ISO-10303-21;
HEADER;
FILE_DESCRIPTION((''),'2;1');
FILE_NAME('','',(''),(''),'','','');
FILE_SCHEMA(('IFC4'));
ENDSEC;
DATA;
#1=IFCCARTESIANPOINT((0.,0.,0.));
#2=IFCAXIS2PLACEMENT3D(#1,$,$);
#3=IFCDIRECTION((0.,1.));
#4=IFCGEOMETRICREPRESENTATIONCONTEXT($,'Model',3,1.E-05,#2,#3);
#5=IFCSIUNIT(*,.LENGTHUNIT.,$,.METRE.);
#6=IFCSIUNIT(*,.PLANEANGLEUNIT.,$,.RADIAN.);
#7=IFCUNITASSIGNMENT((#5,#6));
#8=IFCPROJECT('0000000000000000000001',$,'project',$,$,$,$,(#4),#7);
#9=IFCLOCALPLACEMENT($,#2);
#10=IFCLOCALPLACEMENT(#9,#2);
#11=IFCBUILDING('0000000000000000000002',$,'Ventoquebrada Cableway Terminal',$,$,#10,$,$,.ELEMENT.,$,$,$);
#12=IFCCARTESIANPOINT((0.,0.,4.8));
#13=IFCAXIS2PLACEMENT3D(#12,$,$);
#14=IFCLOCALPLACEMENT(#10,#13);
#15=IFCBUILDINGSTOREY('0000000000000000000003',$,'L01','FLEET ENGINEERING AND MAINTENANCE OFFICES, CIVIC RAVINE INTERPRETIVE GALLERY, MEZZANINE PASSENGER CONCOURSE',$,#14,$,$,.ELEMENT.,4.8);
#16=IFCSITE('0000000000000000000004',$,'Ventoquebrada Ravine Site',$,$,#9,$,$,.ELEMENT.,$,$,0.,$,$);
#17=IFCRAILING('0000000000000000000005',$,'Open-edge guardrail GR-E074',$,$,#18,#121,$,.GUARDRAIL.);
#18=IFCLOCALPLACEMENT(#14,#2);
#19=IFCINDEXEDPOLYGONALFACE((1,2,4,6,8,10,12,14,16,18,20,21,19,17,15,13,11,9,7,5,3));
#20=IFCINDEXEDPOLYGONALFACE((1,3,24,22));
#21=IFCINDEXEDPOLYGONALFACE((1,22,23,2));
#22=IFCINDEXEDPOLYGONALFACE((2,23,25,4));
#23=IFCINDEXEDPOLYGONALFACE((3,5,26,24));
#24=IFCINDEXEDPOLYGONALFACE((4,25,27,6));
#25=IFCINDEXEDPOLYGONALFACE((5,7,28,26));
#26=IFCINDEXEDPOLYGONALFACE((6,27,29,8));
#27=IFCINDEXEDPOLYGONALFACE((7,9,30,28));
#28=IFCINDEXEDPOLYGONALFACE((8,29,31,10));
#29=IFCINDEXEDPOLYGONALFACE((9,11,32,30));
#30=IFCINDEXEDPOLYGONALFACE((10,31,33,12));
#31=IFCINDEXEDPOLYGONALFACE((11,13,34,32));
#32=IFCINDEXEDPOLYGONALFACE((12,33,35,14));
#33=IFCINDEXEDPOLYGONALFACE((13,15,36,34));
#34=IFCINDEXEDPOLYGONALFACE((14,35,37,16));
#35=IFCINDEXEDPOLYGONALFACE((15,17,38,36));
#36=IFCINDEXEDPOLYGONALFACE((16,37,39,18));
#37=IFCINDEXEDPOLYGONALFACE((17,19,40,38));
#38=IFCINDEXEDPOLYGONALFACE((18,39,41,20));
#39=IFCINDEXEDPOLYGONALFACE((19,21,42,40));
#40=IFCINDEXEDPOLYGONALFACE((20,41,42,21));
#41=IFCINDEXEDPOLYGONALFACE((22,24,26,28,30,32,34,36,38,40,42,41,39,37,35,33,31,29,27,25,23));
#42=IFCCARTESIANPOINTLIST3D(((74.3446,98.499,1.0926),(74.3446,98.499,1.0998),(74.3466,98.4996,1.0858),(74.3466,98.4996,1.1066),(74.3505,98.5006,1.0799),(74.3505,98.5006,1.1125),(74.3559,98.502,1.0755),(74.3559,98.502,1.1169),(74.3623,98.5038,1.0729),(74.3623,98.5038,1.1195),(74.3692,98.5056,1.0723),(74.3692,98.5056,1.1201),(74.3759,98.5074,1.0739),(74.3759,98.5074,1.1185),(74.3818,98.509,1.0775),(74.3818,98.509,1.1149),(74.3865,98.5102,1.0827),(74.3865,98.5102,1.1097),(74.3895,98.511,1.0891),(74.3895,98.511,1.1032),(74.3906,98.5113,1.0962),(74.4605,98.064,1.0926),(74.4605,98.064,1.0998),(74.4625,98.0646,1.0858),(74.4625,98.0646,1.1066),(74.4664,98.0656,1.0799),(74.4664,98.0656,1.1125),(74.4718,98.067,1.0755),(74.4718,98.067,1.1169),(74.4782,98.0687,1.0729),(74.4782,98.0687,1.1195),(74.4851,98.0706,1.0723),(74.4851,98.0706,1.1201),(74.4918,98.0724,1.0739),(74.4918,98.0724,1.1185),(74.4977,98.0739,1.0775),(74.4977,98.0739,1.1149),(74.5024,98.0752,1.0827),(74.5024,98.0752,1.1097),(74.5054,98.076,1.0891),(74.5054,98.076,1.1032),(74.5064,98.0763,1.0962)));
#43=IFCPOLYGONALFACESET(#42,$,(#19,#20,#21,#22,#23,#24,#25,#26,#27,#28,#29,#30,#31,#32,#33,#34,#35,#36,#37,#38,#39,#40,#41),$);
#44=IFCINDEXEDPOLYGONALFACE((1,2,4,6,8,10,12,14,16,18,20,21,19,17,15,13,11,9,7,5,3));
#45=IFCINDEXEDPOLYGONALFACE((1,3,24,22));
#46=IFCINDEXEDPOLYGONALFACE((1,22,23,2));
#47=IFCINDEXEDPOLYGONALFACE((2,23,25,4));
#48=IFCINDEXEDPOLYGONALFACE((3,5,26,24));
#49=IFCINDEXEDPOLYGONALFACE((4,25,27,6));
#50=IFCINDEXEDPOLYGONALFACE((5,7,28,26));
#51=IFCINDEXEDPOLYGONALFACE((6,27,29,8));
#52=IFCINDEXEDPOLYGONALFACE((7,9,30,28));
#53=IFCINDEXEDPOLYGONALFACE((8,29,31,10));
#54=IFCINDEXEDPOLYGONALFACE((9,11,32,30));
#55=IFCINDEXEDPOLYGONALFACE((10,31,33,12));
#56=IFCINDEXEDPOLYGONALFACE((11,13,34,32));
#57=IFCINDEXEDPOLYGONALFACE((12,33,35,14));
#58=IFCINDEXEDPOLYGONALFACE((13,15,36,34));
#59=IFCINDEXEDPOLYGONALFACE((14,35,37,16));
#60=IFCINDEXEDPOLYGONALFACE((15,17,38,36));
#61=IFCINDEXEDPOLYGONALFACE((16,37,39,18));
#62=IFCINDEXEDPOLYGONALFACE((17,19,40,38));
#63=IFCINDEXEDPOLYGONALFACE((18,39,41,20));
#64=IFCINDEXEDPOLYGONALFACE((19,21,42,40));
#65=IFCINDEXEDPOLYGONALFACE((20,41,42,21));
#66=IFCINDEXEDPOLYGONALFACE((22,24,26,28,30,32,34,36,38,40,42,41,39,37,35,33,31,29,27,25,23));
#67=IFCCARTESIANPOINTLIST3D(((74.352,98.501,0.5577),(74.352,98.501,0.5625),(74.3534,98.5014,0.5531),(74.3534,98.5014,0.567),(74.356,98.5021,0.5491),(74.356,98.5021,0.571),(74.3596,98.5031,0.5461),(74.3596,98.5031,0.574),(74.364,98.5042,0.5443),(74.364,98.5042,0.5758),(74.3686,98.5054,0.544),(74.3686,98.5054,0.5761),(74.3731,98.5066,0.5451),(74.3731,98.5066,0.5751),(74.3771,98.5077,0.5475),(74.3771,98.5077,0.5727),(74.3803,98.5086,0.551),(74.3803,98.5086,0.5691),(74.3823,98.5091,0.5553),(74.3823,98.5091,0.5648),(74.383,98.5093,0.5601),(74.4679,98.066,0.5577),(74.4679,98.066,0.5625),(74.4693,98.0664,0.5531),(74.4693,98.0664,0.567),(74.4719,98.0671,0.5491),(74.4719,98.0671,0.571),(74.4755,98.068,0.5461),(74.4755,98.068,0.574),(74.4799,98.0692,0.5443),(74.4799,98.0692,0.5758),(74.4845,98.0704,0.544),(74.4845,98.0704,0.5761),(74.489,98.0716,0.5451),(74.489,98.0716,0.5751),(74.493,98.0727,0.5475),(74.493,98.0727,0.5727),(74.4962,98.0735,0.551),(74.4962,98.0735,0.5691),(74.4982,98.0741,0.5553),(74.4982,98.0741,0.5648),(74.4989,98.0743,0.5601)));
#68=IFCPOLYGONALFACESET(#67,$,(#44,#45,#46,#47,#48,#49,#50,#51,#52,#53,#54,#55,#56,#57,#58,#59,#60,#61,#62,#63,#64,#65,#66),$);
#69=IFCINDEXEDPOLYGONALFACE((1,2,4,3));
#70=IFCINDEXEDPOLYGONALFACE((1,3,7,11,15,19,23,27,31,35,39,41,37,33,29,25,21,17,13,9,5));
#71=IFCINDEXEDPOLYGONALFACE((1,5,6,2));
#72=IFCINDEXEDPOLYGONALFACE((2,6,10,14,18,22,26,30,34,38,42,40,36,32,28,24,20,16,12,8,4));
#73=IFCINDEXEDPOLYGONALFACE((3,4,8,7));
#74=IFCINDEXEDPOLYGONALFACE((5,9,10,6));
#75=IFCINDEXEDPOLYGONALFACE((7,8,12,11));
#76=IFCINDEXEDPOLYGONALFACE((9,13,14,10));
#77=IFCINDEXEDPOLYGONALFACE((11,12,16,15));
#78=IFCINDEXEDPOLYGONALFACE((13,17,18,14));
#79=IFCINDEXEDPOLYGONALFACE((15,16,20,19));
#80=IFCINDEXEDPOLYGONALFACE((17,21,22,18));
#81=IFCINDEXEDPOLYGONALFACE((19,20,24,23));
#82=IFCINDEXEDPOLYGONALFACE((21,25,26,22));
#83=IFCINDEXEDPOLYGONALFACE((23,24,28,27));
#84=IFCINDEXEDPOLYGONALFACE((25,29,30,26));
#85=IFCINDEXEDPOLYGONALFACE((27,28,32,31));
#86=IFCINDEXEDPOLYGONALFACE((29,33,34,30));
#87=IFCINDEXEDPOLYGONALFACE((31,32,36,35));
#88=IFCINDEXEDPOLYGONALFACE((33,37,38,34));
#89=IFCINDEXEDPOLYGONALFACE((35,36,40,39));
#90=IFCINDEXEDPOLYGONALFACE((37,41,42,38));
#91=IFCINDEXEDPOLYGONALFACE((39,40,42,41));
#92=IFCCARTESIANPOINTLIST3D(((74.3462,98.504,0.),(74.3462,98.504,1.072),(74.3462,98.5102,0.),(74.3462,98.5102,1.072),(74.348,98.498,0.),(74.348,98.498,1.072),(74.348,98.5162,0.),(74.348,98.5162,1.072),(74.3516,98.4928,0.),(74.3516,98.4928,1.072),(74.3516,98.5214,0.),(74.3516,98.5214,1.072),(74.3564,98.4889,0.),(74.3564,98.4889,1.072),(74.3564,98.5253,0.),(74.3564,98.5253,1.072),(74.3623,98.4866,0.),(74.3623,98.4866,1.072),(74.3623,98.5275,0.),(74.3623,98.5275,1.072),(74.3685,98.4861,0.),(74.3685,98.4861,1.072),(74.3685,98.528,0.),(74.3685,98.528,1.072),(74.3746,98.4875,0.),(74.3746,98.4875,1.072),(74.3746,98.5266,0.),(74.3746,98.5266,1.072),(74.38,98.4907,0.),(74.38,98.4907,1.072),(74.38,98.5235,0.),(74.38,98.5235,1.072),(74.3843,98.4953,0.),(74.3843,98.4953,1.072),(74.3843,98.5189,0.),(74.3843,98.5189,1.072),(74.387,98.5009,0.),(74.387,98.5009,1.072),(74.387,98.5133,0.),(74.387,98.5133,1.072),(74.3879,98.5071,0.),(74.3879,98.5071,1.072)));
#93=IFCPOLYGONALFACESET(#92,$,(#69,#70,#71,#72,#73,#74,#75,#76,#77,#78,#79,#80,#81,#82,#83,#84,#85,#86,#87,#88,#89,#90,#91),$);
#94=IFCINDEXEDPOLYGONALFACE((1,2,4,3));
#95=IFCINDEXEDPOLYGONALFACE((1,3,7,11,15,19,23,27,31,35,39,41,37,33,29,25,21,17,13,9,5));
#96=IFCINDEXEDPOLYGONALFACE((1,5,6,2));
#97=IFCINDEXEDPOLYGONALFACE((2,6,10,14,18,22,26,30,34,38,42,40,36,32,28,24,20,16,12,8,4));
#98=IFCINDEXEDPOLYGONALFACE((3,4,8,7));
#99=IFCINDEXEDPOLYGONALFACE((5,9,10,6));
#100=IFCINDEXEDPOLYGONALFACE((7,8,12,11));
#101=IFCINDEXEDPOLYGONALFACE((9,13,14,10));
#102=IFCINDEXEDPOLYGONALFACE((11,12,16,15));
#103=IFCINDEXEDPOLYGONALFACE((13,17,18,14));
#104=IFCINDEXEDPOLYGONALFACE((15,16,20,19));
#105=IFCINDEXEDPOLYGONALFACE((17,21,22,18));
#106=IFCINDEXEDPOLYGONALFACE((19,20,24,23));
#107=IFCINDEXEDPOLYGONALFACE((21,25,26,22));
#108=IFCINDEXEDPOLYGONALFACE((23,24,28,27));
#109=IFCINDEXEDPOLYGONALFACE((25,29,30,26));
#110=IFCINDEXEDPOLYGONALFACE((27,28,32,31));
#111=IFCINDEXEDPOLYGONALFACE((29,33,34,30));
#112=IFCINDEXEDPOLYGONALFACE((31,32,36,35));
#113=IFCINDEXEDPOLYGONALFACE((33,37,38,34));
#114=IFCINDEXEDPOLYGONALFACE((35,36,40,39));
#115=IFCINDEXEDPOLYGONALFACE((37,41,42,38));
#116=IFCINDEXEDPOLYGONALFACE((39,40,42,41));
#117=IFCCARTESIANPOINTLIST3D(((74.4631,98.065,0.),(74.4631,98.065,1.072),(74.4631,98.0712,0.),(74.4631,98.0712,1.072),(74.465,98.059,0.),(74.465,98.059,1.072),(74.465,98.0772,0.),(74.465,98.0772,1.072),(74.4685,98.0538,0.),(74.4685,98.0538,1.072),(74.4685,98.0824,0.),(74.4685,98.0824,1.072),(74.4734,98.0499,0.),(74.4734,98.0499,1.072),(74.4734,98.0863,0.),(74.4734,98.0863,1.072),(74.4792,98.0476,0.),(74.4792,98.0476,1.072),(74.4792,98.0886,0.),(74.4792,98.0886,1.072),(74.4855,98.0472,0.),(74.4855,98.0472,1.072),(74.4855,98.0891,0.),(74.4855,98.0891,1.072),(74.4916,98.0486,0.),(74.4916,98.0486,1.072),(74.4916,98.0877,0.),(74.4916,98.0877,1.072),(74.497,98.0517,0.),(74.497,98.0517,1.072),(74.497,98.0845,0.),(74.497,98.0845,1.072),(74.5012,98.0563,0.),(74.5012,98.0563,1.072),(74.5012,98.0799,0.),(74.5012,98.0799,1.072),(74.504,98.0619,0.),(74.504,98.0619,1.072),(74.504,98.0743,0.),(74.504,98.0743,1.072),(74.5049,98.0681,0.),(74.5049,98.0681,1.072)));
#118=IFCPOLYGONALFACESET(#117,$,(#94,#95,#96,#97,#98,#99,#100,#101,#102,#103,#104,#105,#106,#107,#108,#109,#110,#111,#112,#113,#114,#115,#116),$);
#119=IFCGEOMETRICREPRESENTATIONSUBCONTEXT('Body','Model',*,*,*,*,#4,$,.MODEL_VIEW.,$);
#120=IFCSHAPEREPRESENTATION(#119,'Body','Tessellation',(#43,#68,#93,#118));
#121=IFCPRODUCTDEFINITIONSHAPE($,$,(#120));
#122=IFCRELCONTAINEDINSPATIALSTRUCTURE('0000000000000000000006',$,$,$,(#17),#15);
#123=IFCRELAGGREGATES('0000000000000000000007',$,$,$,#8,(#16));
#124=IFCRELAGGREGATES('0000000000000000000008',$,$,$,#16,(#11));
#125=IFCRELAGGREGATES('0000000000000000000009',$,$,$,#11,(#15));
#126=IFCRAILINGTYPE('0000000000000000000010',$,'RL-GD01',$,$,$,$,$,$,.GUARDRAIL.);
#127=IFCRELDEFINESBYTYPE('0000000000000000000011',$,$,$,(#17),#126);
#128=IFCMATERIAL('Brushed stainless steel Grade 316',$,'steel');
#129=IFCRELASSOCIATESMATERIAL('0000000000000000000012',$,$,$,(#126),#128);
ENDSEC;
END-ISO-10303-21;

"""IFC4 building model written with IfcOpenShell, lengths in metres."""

from ifc_helpers import new_model, si_unit, direction, frame, origin, origin_2d, place, context, subcontext, project, spatial, circle, extrude, material, type_object, element, save


model = new_model("IFC4")

# Units and contexts
model_context = context("Model", 3, precision=1e-05, world=origin(), true_north=direction((0.0, 1.0)))
body_context = subcontext(model_context, "Body", "Model", "MODEL_VIEW")
ifc_project = project(units=[si_unit("LENGTHUNIT", "METRE"), si_unit("PLANEANGLEUNIT", "RADIAN")], contexts=[model_context])

# Site, building, storey
site_placement = place(None, origin())
site = spatial("IfcSite", under=ifc_project, at=site_placement, Name="Ventoquebrada Ravine Site", CompositionType="ELEMENT", RefElevation=0.0)
building_placement = place(site_placement, origin())
building = spatial("IfcBuilding", under=site, at=building_placement, Name="Ventoquebrada Cableway Terminal", CompositionType="ELEMENT")
storey_placement = place(building_placement, frame((0.0, 0.0, 4.8)))
storey = spatial("IfcBuildingStorey", under=building, at=storey_placement, Name="L01", Description="FLEET ENGINEERING AND MAINTENANCE OFFICES, CIVIC RAVINE INTERPRETIVE GALLERY, MEZZANINE PASSENGER CONCOURSE", CompositionType="ELEMENT", Elevation=4.8)

# Railing
ifc_material_1 = material(Name="Brushed stainless steel Grade 316", Category="steel")
railing_type_1 = type_object("IfcRailingType", Name="RL-GD01", PredefinedType="GUARDRAIL", material=ifc_material_1)
railing_1_placement = place(storey_placement, frame((74.3669, 98.5071, 0.0)))
element("IfcRailing", 1, at=railing_1_placement, inside=storey, type_object=railing_type_1, Name="Open-edge guardrail GR-E074", PredefinedType="GUARDRAIL", context=body_context, shape_type="SweptSolid", body=[
    extrude(circle(Radius=0.0239, at=origin_2d()), frame((0.0005, -0.002, 1.0962), z_axis=(0.257428, -0.966297, 0.0), x_axis=(0.966297, 0.257428, 0.0)), (0.0, 0.0, 1.0), 0.4502),
    extrude(circle(Radius=0.0161, at=origin_2d()), frame((0.0005, -0.002, 0.5601), z_axis=(0.257428, -0.966297, 0.0), x_axis=(0.966297, 0.257428, 0.0)), (0.0, 0.0, 1.0), 0.4502),
    extrude(circle(Radius=0.021, at=origin_2d()), origin(), (0.0, 0.0, 1.0), 1.072),
    extrude(circle(Radius=0.021, at=origin_2d()), frame((0.1169, -0.439, 0.0)), (0.0, 0.0, 1.0), 1.072),
])

save(model, "model.ifc")
